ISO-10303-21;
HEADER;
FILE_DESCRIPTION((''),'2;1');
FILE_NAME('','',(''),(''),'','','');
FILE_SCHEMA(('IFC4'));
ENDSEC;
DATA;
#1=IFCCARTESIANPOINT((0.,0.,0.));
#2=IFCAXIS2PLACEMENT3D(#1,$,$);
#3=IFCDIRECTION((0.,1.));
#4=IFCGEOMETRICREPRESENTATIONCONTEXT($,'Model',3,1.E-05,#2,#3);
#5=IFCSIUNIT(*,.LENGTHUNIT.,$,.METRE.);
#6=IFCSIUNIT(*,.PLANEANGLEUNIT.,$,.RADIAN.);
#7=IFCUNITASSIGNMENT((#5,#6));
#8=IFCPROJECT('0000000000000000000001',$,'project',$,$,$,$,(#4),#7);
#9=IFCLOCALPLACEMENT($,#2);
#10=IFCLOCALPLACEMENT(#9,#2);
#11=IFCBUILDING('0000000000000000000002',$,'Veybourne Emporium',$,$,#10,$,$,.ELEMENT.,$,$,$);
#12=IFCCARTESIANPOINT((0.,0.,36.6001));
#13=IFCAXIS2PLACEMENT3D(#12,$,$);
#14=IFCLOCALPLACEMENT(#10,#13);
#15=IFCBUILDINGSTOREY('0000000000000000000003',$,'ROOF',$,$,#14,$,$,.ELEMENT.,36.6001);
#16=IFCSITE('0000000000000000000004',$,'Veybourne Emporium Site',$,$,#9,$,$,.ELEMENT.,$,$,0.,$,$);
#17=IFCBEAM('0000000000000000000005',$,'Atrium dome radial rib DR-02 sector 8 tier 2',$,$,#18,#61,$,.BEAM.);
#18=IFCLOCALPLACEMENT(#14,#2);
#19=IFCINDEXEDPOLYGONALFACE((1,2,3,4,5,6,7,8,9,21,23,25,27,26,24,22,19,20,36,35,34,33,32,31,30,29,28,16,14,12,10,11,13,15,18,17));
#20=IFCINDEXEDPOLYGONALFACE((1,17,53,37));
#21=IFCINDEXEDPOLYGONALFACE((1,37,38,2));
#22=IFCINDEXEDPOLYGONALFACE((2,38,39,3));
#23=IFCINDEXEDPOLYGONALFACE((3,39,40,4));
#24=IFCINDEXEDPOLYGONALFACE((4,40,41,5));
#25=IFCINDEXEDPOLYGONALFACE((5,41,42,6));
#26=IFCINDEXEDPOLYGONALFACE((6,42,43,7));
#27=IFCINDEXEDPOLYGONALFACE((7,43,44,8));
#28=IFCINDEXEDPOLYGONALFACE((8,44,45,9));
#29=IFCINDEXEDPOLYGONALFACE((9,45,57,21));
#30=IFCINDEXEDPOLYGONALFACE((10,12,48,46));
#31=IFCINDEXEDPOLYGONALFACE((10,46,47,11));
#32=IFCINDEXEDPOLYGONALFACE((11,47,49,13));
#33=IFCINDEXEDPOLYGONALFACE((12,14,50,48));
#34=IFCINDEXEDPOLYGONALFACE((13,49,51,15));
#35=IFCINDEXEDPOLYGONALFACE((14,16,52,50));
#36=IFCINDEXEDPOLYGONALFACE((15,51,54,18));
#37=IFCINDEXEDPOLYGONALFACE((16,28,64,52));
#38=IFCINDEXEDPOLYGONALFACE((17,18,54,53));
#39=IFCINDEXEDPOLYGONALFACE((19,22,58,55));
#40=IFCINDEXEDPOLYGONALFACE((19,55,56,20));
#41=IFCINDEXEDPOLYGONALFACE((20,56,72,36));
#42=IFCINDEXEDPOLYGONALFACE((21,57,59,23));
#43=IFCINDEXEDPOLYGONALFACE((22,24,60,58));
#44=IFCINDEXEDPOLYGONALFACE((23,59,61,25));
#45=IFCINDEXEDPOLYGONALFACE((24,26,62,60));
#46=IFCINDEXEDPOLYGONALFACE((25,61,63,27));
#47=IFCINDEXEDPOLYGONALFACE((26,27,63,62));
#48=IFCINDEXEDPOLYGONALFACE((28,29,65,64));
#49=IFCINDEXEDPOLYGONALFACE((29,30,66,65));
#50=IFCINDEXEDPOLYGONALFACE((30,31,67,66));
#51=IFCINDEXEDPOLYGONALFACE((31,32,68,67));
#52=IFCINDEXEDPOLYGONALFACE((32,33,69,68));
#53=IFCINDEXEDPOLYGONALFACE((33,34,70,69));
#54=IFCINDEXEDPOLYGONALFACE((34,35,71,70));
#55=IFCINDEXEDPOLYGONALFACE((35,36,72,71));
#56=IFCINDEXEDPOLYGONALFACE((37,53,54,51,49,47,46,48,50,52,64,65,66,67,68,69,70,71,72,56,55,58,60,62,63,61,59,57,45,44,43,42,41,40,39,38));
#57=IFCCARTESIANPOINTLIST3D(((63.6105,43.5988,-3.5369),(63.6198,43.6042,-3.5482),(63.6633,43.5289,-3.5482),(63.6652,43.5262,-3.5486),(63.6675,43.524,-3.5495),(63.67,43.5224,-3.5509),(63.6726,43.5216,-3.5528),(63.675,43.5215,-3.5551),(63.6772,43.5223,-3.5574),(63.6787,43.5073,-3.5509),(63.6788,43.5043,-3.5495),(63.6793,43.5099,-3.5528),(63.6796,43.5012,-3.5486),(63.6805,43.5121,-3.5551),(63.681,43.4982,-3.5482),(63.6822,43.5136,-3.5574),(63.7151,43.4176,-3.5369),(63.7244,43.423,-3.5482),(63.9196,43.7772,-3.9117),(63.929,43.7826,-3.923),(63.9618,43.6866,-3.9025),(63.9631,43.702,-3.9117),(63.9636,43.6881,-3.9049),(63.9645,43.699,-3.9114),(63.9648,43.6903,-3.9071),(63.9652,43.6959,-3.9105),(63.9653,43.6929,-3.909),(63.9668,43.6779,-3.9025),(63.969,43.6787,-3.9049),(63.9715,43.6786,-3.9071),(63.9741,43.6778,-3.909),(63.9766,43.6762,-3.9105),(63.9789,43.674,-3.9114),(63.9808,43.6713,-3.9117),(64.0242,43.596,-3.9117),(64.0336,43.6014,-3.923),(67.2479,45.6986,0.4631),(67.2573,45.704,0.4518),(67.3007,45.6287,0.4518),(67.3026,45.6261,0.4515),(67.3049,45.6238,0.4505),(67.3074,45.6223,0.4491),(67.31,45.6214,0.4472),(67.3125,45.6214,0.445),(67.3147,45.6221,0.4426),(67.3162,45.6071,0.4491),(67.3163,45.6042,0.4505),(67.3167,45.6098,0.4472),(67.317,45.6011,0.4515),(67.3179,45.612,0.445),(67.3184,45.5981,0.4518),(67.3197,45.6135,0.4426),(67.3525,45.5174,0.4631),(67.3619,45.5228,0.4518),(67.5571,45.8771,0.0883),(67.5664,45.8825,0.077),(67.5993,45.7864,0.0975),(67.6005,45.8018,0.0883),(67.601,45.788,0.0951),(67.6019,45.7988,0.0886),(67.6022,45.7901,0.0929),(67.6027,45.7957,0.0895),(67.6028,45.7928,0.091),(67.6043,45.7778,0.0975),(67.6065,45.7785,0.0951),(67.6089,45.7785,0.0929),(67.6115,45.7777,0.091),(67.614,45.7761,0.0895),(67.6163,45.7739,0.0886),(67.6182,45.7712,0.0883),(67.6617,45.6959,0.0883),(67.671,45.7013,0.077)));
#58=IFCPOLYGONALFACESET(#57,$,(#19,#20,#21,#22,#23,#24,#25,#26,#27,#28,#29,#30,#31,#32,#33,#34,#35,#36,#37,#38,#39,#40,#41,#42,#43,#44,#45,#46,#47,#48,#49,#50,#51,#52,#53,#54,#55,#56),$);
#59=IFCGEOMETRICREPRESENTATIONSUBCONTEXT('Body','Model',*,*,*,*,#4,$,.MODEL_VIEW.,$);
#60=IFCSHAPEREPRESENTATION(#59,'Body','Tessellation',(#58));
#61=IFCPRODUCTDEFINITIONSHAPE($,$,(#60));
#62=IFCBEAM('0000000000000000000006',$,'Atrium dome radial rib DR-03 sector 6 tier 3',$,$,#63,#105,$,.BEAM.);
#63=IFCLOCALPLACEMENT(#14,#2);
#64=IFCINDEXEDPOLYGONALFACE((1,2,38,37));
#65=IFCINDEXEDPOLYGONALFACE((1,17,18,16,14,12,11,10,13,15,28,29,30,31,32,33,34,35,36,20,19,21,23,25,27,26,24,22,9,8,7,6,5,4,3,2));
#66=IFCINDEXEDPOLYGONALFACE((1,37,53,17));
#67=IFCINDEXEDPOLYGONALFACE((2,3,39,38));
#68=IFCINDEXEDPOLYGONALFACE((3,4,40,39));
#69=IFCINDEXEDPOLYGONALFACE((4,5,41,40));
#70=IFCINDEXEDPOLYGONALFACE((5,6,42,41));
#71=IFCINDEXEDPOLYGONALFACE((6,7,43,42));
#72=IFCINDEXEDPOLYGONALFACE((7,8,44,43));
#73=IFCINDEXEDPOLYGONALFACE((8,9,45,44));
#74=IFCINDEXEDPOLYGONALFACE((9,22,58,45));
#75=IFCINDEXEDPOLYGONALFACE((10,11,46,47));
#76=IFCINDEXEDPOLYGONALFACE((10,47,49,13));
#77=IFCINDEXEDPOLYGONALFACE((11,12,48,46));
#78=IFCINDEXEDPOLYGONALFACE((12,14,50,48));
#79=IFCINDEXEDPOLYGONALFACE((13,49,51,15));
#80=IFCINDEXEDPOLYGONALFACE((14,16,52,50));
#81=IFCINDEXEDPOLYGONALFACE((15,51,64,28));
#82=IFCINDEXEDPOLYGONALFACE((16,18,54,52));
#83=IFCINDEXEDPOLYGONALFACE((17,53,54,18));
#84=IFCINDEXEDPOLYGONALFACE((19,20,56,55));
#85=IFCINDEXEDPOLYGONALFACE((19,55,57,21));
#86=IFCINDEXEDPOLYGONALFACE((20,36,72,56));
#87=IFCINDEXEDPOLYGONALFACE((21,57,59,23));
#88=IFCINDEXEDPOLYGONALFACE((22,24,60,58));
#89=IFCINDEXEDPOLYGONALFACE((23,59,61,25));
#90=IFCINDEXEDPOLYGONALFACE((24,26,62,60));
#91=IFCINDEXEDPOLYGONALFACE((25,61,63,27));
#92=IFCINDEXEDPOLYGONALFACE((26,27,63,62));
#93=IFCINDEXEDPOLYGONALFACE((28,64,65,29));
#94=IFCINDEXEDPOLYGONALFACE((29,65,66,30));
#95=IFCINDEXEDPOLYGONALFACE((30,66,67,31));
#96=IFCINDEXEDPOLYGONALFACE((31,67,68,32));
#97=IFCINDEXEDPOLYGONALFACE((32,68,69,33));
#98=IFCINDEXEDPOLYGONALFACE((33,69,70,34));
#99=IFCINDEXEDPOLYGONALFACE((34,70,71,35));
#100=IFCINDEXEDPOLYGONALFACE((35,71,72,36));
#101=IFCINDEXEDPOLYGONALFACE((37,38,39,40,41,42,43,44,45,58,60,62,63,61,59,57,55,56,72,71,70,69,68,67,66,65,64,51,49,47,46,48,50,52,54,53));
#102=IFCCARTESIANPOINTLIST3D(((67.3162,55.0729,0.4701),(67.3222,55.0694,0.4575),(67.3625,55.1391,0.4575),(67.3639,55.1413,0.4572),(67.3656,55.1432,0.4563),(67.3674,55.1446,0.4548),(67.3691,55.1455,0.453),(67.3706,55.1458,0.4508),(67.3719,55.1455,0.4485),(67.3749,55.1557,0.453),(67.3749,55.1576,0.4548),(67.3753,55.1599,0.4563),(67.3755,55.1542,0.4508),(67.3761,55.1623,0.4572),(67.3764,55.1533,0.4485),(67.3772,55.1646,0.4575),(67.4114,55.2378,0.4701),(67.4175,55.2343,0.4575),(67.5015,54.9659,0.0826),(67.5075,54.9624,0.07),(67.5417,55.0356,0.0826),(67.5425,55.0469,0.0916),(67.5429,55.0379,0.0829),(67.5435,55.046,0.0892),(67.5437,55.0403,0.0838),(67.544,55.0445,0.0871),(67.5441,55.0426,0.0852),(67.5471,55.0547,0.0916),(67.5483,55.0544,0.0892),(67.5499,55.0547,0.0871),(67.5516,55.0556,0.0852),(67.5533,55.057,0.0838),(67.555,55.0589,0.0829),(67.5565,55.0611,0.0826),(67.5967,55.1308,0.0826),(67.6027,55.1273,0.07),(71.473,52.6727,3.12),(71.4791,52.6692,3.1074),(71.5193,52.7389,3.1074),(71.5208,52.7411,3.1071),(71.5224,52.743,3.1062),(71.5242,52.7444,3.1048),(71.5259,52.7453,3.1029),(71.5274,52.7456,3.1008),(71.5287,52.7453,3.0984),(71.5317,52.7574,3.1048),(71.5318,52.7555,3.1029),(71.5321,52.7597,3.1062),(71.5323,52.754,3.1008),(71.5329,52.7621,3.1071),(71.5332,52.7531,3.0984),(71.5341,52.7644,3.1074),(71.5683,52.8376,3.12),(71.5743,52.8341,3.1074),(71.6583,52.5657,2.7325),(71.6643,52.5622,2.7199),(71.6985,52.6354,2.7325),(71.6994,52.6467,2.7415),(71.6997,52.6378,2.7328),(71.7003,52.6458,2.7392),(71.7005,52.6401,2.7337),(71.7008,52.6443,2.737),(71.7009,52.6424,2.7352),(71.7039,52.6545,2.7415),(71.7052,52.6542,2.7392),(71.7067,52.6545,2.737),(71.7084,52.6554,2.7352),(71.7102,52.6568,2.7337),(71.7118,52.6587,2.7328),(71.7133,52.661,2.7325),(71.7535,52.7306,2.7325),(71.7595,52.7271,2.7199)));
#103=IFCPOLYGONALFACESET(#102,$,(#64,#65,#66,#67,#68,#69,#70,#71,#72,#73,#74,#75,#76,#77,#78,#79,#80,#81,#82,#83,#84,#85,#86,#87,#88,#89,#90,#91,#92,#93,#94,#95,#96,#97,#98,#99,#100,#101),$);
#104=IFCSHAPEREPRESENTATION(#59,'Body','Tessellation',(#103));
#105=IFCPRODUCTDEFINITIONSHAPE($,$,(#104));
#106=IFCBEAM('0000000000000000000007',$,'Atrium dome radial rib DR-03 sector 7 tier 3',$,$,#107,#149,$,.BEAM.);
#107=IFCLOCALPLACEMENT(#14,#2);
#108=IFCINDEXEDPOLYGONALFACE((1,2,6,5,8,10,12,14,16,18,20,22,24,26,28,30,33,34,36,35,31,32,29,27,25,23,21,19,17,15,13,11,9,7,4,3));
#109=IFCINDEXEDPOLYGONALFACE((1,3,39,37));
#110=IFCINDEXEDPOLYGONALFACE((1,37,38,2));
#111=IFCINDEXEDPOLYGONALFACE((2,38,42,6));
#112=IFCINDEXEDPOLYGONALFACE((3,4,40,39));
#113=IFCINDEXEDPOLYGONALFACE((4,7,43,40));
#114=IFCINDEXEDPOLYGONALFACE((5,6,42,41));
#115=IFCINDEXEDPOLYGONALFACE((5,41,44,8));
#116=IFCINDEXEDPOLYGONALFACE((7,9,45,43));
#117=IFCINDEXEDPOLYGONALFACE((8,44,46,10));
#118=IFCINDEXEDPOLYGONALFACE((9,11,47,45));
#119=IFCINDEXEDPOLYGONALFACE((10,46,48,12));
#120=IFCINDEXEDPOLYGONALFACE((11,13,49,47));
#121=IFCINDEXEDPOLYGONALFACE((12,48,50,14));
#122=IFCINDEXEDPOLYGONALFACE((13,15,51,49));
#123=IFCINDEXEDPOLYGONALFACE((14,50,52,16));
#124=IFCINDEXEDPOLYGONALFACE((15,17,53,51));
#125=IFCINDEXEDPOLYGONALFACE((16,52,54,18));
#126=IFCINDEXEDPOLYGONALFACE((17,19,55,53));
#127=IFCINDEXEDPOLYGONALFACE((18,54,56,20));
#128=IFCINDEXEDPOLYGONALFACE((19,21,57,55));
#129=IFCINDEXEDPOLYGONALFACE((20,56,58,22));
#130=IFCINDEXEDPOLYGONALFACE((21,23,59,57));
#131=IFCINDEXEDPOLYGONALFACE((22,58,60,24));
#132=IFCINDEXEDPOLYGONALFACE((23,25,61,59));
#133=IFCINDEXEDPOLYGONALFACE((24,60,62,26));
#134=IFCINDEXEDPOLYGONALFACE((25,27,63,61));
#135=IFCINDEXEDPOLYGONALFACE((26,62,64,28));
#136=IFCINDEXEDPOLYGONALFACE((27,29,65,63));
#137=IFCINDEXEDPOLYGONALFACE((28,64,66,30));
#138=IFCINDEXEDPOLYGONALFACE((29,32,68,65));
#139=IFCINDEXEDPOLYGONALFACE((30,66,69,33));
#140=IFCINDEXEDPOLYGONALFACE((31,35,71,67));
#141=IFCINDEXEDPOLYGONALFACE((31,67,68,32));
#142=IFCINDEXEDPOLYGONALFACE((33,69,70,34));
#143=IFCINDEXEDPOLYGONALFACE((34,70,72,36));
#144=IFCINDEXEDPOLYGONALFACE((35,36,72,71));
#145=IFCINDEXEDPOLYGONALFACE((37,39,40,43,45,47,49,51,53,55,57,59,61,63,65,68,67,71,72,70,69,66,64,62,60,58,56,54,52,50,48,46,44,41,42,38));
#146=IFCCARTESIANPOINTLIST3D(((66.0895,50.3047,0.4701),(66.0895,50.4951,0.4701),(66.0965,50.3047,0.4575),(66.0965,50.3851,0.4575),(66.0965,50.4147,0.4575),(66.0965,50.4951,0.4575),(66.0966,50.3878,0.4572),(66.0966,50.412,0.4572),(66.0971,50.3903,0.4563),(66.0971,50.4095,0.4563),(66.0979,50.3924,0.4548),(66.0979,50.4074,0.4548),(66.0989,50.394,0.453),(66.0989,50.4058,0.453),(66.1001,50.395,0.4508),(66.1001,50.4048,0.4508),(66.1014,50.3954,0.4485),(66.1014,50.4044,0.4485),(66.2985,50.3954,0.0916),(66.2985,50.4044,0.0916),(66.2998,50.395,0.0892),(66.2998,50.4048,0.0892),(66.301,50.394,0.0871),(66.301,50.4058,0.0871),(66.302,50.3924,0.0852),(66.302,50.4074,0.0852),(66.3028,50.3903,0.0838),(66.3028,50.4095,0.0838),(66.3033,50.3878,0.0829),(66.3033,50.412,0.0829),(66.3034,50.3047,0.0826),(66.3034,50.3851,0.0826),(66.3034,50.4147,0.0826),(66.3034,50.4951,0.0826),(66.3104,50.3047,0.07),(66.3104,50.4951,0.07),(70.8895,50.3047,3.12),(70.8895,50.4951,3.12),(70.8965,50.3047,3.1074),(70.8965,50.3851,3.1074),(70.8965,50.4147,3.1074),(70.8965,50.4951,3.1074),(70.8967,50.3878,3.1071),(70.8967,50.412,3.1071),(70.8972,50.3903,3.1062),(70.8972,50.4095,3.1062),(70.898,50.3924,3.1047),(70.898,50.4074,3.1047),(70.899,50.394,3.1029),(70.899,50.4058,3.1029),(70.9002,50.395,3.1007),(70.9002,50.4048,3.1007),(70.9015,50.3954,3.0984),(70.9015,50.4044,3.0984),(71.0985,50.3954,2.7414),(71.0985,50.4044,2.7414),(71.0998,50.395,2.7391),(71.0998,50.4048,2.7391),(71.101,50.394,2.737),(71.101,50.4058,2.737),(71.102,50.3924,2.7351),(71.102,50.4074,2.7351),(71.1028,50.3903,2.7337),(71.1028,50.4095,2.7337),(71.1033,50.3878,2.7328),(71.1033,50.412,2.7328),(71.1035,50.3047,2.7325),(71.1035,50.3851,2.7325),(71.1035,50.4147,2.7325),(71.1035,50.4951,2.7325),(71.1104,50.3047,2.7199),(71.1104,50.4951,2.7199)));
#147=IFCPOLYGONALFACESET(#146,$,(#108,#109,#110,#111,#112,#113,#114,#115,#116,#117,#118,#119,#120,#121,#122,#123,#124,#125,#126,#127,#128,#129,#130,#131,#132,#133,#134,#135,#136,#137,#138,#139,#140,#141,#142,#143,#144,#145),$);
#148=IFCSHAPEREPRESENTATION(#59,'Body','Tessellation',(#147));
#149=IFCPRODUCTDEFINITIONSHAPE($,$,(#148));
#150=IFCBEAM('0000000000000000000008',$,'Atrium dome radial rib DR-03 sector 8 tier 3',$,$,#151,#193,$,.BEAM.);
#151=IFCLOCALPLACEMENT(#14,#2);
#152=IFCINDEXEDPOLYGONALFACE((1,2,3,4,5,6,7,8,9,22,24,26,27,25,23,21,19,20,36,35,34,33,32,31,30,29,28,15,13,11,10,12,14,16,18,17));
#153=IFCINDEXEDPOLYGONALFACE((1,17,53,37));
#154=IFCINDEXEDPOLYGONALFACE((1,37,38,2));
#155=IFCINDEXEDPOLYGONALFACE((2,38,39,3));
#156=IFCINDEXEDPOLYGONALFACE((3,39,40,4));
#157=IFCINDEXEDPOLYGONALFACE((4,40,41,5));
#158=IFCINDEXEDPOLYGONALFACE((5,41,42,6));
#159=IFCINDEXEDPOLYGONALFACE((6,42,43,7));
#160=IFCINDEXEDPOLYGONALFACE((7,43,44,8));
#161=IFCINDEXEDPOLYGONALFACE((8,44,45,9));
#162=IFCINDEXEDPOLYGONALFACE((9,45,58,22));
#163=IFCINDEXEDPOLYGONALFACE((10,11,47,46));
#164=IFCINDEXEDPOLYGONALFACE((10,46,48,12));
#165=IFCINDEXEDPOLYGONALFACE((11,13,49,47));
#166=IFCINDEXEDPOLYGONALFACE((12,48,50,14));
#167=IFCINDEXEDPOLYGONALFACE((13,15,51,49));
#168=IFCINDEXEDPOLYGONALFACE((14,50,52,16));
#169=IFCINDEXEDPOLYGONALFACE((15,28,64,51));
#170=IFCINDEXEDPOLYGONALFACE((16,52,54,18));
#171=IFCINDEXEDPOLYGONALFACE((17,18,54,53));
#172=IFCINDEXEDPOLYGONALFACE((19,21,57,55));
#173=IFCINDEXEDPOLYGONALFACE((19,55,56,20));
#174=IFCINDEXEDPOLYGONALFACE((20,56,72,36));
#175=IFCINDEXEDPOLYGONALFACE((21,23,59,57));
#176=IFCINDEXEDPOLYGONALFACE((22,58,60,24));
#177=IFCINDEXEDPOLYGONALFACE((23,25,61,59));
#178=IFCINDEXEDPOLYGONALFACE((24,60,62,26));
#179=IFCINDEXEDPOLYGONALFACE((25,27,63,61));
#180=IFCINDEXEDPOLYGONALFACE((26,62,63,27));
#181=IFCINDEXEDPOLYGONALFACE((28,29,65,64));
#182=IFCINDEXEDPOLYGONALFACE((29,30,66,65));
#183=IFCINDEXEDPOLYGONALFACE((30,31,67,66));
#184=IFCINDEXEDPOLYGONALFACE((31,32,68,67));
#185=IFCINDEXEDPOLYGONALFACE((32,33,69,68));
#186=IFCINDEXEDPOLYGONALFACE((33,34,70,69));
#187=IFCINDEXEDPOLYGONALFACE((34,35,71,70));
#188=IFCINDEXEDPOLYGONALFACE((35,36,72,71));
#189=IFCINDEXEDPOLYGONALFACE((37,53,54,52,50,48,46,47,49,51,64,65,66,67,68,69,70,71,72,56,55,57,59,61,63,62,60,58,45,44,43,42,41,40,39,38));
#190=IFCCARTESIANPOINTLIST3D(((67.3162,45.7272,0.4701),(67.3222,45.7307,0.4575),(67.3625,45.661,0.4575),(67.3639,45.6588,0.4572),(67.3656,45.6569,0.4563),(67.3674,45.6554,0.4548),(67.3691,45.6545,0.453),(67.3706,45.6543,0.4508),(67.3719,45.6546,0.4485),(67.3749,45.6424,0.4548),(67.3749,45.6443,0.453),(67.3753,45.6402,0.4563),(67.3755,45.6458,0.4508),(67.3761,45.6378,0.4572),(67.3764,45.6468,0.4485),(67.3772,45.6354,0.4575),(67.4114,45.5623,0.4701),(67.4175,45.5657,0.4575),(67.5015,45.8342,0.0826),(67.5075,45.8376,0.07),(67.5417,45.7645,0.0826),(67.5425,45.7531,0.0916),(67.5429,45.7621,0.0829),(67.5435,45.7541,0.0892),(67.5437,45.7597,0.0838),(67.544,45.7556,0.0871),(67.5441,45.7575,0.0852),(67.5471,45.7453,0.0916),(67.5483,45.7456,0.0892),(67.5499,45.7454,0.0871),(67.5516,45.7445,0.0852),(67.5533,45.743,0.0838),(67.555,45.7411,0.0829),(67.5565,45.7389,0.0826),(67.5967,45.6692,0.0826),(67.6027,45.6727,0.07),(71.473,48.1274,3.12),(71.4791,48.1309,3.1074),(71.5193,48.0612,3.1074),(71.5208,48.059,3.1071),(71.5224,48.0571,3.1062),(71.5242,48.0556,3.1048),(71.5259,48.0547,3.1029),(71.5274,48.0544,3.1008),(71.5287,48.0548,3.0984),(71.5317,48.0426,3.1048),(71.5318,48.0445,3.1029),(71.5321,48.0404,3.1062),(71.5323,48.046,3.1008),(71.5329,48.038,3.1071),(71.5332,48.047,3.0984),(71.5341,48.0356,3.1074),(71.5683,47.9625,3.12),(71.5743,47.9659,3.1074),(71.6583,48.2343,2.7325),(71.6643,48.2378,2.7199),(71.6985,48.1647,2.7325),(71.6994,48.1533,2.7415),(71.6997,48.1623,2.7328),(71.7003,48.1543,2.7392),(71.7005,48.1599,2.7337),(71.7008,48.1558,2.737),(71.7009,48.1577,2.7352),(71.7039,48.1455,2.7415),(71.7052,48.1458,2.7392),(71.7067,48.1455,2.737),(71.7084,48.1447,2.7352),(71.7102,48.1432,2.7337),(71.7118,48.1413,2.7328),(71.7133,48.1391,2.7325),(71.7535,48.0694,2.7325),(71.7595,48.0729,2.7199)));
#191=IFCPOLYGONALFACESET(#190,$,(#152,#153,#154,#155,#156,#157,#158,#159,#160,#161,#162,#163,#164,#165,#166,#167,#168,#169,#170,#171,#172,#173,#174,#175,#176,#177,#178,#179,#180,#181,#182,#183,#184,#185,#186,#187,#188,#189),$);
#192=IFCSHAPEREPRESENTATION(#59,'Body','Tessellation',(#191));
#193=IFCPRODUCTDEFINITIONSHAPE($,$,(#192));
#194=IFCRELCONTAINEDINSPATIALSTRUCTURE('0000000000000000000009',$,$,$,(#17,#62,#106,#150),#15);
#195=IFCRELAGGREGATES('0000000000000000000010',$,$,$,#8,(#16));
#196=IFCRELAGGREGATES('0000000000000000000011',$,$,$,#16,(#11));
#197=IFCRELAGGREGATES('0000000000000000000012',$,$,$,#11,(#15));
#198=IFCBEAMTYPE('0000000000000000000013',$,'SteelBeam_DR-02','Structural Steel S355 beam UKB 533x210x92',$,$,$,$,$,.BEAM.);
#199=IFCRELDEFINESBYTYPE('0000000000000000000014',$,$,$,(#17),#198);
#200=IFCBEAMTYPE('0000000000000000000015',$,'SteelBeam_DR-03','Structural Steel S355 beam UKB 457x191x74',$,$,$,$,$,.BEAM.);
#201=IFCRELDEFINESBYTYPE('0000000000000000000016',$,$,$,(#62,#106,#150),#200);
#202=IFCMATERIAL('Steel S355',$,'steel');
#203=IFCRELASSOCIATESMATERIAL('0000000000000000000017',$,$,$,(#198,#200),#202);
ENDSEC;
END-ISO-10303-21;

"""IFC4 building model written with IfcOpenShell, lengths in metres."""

from ifc_helpers import new_model, si_unit, direction, frame, origin, origin_2d, place, context, subcontext, project, spatial, i_section, extrude, material, material_profile, profile_set, type_object, element, save


model = new_model("IFC4")

# Units and contexts
model_context = context("Model", 3, precision=1e-05, world=origin(), true_north=direction((0.0, 1.0)))
body_context = subcontext(model_context, "Body", "Model", "MODEL_VIEW")
ifc_project = project(units=[si_unit("LENGTHUNIT", "METRE"), si_unit("PLANEANGLEUNIT", "RADIAN")], contexts=[model_context])

# Site, building, storey
site_placement = place(None, origin())
site = spatial("IfcSite", under=ifc_project, at=site_placement, Name="Veybourne Emporium Site", CompositionType="ELEMENT", RefElevation=0.0)
building_placement = place(site_placement, origin())
building = spatial("IfcBuilding", under=site, at=building_placement, Name="Veybourne Emporium", CompositionType="ELEMENT")
storey_placement = place(building_placement, frame((0.0, 0.0, 36.6001)))
storey = spatial("IfcBuildingStorey", under=building, at=storey_placement, Name="ROOF", CompositionType="ELEMENT", Elevation=36.6001)

# Beams
ifc_material_1 = material(Name="Steel S355", Category="steel")
ifc_material_profile_1 = material_profile(ifc_material_1, i_section(OverallWidth=0.2092, OverallDepth=0.5332, WebThickness=0.01, FlangeThickness=0.0156, FilletRadius=0.0127, at=origin_2d()), Name="UKB 533x210x92")
ifc_profile_set_1 = profile_set([ifc_material_profile_1], Name="Steel S355")
beam_type_1 = type_object("IfcBeamType", Name="SteelBeam_DR-02", Description="Structural Steel S355 beam UKB 533x210x92", PredefinedType="BEAM", material=ifc_profile_set_1)
for number, where, z_axis, x_axis, name in (
    (1, (63.822, 43.6001, -3.73), (0.627143, 0.362041, 0.689651), (-0.499959, 0.866049, 0.0), "Atrium dome radial rib DR-02 sector 8 tier 2"),
):
    element("IfcBeam", number, at=place(storey_placement, frame(where, z_axis=z_axis, x_axis=x_axis)), inside=storey, type_object=beam_type_1, Name=name, PredefinedType="BEAM", context=body_context, shape_type="SweptSolid", body=[
        extrude(i_section(OverallWidth=0.2092, OverallDepth=0.5332, WebThickness=0.01, FlangeThickness=0.0156, FilletRadius=0.0127, at=origin_2d()), origin(), (0.0, 0.0, 1.0), 5.8),
    ])
ifc_material_profile_2 = material_profile(ifc_material_1, i_section(OverallWidth=0.1904, OverallDepth=0.457, WebThickness=0.009, FlangeThickness=0.0144, FilletRadius=0.0103, at=origin_2d()), Name="UKB 457x191x74")
ifc_profile_set_2 = profile_set([ifc_material_profile_2], Name="Steel S355")
beam_type_2 = type_object("IfcBeamType", Name="SteelBeam_DR-03", Description="Structural Steel S355 beam UKB 457x191x74", PredefinedType="BEAM", material=ifc_profile_set_2)
for number, where, z_axis, x_axis, name in (
    (2, (67.4595, 55.1001, 0.27), (0.758141, -0.437759, 0.483311), (0.500039, 0.866003, 0.0), "Atrium dome radial rib DR-03 sector 6 tier 3"),
    (3, (66.2, 50.3999, 0.27), (0.875454, 0.0, 0.483301), (0.0, 1.0, 0.0), "Atrium dome radial rib DR-03 sector 7 tier 3"),
    (4, (67.4595, 45.7, 0.27), (0.758141, 0.437759, 0.483311), (-0.500039, 0.866003, 0.0), "Atrium dome radial rib DR-03 sector 8 tier 3"),
):
    element("IfcBeam", number, at=place(storey_placement, frame(where, z_axis=z_axis, x_axis=x_axis)), inside=storey, type_object=beam_type_2, Name=name, PredefinedType="BEAM", context=body_context, shape_type="SweptSolid", body=[
        extrude(i_section(OverallWidth=0.1904, OverallDepth=0.457, WebThickness=0.009, FlangeThickness=0.0144, FilletRadius=0.0103, at=origin_2d()), origin(), (0.0, 0.0, 1.0), 5.4829),
    ])

save(model, "model.ifc")
